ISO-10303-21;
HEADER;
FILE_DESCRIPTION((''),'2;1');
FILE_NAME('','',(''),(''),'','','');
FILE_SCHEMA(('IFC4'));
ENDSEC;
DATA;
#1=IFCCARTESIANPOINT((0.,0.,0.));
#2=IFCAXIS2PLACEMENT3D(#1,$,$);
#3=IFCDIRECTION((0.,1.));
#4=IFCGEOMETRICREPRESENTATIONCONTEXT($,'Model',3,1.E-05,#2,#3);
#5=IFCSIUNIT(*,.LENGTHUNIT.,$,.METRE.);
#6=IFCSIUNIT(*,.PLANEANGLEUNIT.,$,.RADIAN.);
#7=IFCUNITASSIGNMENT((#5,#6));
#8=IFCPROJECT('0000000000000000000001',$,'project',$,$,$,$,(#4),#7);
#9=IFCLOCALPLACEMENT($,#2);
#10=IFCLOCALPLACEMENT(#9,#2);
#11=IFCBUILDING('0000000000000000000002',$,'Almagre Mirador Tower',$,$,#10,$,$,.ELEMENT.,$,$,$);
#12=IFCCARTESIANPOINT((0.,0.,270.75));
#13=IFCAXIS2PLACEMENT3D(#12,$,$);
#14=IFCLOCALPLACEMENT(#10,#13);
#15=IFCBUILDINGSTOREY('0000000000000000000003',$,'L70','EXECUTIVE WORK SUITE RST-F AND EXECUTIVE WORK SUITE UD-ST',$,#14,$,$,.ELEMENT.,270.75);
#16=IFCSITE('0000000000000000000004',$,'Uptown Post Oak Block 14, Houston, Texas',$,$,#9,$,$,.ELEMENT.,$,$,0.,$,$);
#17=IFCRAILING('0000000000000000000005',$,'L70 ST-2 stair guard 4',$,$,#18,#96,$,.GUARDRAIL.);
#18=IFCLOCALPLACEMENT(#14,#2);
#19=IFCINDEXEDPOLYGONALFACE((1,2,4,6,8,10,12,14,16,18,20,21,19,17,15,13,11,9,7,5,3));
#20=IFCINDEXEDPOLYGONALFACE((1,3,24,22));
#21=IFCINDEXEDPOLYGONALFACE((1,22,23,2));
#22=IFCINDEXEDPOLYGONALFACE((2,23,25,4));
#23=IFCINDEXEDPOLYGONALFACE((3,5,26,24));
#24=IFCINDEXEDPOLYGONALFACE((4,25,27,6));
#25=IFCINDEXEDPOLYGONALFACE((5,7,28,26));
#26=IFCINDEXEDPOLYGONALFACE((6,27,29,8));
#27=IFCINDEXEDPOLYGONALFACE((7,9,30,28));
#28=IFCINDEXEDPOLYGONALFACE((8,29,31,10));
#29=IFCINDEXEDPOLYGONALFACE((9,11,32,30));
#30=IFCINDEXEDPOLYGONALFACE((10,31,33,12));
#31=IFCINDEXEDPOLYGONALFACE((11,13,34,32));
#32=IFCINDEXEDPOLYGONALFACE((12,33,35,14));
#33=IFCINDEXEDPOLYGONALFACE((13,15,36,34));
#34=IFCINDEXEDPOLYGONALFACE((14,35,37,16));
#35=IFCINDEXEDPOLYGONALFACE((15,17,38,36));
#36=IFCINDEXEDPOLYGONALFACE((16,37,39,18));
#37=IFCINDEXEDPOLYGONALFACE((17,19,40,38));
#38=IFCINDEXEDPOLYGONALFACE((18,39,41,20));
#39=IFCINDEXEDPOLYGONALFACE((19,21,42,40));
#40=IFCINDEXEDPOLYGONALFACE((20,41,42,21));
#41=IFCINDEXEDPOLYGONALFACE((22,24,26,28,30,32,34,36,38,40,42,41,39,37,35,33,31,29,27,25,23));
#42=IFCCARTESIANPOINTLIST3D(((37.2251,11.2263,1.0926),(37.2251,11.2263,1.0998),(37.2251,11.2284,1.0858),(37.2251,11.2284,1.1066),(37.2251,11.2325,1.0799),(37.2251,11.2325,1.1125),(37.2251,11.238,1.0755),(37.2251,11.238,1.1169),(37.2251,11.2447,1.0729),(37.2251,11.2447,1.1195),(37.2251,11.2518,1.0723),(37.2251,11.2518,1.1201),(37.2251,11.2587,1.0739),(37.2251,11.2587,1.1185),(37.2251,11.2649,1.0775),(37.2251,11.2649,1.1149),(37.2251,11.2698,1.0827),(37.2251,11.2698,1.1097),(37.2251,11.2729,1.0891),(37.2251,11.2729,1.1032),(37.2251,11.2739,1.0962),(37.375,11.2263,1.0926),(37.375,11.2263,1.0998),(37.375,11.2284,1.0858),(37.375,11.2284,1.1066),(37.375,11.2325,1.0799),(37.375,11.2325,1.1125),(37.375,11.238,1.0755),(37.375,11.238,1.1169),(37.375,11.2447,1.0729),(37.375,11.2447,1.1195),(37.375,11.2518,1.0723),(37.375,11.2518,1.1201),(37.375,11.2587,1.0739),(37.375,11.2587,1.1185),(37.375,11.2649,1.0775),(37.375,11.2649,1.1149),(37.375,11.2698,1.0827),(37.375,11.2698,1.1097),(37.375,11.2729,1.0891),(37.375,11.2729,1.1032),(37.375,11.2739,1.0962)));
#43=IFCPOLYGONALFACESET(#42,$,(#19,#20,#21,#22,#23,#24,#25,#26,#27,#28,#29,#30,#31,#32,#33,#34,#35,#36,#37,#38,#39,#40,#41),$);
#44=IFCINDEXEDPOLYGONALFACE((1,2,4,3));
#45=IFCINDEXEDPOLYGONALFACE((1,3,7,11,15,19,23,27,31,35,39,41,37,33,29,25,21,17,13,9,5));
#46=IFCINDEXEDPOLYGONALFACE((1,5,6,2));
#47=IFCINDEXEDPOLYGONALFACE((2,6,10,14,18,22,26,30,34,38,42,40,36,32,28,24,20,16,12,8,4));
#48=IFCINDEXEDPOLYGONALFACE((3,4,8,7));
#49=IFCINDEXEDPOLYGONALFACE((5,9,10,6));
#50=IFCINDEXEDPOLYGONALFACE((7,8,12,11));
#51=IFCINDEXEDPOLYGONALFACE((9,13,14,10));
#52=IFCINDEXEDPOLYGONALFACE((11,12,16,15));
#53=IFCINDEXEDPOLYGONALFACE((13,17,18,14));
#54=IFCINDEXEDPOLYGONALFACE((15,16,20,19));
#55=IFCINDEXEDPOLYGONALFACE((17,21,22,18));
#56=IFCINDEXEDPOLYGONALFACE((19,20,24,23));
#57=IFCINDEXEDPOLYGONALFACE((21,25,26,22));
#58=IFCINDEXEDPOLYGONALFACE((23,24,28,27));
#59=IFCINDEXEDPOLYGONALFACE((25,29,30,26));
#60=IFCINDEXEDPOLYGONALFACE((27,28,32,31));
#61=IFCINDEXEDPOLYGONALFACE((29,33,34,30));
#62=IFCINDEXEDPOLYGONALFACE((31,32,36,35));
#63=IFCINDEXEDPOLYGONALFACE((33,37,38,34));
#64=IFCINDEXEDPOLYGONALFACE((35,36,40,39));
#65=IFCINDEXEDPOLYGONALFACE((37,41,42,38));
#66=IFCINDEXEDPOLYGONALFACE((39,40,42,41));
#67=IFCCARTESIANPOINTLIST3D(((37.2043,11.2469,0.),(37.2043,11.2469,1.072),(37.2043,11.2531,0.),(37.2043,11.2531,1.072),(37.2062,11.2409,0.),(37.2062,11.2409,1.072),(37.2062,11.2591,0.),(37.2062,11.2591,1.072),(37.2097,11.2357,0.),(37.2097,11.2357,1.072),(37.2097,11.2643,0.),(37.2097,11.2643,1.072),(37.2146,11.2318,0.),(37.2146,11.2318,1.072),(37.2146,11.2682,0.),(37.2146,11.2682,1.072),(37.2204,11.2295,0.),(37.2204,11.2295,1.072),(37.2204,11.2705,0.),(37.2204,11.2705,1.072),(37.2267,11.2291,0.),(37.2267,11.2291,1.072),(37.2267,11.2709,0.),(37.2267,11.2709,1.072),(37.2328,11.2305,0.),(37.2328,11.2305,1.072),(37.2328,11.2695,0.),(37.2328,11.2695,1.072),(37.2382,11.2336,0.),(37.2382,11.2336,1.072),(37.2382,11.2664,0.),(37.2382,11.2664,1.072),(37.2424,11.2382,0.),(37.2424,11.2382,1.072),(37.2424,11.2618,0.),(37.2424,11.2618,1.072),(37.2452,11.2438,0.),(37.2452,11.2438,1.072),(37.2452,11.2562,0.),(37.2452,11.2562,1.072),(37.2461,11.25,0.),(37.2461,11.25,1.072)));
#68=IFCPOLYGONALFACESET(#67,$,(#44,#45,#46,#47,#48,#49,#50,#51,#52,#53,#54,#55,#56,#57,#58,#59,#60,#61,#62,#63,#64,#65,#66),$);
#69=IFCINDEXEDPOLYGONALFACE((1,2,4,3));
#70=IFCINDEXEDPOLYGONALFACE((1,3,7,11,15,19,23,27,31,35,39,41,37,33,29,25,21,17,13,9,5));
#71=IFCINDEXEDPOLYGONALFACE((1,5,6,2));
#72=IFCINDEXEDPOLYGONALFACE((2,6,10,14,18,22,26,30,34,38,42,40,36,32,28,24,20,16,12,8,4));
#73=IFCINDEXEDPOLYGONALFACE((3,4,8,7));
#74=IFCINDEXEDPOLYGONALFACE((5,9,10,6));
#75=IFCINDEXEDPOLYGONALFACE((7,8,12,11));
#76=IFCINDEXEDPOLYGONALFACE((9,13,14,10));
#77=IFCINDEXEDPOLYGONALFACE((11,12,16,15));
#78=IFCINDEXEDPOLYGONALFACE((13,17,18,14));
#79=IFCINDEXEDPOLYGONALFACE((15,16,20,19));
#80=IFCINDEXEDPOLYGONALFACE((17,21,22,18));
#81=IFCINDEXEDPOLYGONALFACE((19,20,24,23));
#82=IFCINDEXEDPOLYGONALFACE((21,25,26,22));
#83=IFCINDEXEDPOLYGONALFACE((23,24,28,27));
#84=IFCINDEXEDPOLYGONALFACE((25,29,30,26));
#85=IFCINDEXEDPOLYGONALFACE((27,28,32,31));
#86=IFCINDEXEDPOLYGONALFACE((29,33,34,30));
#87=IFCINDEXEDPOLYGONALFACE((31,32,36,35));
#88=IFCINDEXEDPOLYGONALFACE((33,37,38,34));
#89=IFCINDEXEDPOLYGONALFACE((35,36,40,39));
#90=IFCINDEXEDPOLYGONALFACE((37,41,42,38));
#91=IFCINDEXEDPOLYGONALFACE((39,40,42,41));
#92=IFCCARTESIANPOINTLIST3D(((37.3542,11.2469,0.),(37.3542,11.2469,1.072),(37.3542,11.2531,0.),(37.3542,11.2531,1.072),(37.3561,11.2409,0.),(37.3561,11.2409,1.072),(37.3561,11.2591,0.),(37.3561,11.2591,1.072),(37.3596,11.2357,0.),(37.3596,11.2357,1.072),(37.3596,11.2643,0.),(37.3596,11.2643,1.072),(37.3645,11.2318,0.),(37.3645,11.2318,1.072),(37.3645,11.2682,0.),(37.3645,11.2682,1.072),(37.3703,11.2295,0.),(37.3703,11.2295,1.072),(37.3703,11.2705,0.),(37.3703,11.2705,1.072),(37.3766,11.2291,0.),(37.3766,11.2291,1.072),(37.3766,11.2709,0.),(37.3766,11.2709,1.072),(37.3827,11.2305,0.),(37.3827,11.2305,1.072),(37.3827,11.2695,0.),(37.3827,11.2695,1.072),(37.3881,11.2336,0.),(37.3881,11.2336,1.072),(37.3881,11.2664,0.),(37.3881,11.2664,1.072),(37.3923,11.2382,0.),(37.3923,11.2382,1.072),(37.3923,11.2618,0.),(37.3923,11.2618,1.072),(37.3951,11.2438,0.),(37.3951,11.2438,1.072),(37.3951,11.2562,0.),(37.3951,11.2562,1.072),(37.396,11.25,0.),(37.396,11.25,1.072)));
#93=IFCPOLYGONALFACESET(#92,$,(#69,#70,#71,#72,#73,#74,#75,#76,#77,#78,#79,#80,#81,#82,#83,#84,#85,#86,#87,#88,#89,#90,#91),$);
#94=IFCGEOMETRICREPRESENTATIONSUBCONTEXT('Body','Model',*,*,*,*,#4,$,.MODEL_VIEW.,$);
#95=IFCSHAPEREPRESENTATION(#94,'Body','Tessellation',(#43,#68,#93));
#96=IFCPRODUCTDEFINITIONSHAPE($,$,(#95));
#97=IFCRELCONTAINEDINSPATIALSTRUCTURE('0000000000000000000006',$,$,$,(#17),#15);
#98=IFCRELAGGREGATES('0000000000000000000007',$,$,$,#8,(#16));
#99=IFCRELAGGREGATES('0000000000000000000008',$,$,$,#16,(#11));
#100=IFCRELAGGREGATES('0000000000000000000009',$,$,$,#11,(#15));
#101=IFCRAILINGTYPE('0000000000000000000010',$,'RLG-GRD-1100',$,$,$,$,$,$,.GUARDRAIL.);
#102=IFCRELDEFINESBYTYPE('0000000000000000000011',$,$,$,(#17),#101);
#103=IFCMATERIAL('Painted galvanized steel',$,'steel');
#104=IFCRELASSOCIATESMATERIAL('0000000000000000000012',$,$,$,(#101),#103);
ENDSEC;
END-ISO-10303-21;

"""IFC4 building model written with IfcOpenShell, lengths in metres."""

from ifc_helpers import new_model, si_unit, direction, frame, origin, origin_2d, place, context, subcontext, project, spatial, circle, extrude, material, type_object, element, save


model = new_model("IFC4")

# Units and contexts
model_context = context("Model", 3, precision=1e-05, world=origin(), true_north=direction((0.0, 1.0)))
body_context = subcontext(model_context, "Body", "Model", "MODEL_VIEW")
ifc_project = project(units=[si_unit("LENGTHUNIT", "METRE"), si_unit("PLANEANGLEUNIT", "RADIAN")], contexts=[model_context])

# Site, building, storey
site_placement = place(None, origin())
site = spatial("IfcSite", under=ifc_project, at=site_placement, Name="Uptown Post Oak Block 14, Houston, Texas", CompositionType="ELEMENT", RefElevation=0.0)
building_placement = place(site_placement, origin())
building = spatial("IfcBuilding", under=site, at=building_placement, Name="Almagre Mirador Tower", CompositionType="ELEMENT")
storey_placement = place(building_placement, frame((0.0, 0.0, 270.75)))
storey = spatial("IfcBuildingStorey", under=building, at=storey_placement, Name="L70", Description="EXECUTIVE WORK SUITE RST-F AND EXECUTIVE WORK SUITE UD-ST", CompositionType="ELEMENT", Elevation=270.75)

# Railing
ifc_material_1 = material(Name="Painted galvanized steel", Category="steel")
railing_type_1 = type_object("IfcRailingType", Name="RLG-GRD-1100", PredefinedType="GUARDRAIL", material=ifc_material_1)
railing_1_placement = place(storey_placement, frame((37.2251, 11.25, 0.0)))
element("IfcRailing", 1, at=railing_1_placement, inside=storey, type_object=railing_type_1, Name="L70 ST-2 stair guard 4", PredefinedType="GUARDRAIL", context=body_context, shape_type="SweptSolid", body=[
    extrude(circle(Radius=0.0239, at=origin_2d()), frame((0.0, 0.0, 1.0962), z_axis=(1.0, 0.0, 0.0), x_axis=(0.0, 1.0, 0.0)), (0.0, 0.0, 1.0), 0.1499),
    extrude(circle(Radius=0.021, at=origin_2d()), origin(), (0.0, 0.0, 1.0), 1.072),
    extrude(circle(Radius=0.021, at=origin_2d()), frame((0.1499, 0.0, 0.0)), (0.0, 0.0, 1.0), 1.072),
])

save(model, "model.ifc")
